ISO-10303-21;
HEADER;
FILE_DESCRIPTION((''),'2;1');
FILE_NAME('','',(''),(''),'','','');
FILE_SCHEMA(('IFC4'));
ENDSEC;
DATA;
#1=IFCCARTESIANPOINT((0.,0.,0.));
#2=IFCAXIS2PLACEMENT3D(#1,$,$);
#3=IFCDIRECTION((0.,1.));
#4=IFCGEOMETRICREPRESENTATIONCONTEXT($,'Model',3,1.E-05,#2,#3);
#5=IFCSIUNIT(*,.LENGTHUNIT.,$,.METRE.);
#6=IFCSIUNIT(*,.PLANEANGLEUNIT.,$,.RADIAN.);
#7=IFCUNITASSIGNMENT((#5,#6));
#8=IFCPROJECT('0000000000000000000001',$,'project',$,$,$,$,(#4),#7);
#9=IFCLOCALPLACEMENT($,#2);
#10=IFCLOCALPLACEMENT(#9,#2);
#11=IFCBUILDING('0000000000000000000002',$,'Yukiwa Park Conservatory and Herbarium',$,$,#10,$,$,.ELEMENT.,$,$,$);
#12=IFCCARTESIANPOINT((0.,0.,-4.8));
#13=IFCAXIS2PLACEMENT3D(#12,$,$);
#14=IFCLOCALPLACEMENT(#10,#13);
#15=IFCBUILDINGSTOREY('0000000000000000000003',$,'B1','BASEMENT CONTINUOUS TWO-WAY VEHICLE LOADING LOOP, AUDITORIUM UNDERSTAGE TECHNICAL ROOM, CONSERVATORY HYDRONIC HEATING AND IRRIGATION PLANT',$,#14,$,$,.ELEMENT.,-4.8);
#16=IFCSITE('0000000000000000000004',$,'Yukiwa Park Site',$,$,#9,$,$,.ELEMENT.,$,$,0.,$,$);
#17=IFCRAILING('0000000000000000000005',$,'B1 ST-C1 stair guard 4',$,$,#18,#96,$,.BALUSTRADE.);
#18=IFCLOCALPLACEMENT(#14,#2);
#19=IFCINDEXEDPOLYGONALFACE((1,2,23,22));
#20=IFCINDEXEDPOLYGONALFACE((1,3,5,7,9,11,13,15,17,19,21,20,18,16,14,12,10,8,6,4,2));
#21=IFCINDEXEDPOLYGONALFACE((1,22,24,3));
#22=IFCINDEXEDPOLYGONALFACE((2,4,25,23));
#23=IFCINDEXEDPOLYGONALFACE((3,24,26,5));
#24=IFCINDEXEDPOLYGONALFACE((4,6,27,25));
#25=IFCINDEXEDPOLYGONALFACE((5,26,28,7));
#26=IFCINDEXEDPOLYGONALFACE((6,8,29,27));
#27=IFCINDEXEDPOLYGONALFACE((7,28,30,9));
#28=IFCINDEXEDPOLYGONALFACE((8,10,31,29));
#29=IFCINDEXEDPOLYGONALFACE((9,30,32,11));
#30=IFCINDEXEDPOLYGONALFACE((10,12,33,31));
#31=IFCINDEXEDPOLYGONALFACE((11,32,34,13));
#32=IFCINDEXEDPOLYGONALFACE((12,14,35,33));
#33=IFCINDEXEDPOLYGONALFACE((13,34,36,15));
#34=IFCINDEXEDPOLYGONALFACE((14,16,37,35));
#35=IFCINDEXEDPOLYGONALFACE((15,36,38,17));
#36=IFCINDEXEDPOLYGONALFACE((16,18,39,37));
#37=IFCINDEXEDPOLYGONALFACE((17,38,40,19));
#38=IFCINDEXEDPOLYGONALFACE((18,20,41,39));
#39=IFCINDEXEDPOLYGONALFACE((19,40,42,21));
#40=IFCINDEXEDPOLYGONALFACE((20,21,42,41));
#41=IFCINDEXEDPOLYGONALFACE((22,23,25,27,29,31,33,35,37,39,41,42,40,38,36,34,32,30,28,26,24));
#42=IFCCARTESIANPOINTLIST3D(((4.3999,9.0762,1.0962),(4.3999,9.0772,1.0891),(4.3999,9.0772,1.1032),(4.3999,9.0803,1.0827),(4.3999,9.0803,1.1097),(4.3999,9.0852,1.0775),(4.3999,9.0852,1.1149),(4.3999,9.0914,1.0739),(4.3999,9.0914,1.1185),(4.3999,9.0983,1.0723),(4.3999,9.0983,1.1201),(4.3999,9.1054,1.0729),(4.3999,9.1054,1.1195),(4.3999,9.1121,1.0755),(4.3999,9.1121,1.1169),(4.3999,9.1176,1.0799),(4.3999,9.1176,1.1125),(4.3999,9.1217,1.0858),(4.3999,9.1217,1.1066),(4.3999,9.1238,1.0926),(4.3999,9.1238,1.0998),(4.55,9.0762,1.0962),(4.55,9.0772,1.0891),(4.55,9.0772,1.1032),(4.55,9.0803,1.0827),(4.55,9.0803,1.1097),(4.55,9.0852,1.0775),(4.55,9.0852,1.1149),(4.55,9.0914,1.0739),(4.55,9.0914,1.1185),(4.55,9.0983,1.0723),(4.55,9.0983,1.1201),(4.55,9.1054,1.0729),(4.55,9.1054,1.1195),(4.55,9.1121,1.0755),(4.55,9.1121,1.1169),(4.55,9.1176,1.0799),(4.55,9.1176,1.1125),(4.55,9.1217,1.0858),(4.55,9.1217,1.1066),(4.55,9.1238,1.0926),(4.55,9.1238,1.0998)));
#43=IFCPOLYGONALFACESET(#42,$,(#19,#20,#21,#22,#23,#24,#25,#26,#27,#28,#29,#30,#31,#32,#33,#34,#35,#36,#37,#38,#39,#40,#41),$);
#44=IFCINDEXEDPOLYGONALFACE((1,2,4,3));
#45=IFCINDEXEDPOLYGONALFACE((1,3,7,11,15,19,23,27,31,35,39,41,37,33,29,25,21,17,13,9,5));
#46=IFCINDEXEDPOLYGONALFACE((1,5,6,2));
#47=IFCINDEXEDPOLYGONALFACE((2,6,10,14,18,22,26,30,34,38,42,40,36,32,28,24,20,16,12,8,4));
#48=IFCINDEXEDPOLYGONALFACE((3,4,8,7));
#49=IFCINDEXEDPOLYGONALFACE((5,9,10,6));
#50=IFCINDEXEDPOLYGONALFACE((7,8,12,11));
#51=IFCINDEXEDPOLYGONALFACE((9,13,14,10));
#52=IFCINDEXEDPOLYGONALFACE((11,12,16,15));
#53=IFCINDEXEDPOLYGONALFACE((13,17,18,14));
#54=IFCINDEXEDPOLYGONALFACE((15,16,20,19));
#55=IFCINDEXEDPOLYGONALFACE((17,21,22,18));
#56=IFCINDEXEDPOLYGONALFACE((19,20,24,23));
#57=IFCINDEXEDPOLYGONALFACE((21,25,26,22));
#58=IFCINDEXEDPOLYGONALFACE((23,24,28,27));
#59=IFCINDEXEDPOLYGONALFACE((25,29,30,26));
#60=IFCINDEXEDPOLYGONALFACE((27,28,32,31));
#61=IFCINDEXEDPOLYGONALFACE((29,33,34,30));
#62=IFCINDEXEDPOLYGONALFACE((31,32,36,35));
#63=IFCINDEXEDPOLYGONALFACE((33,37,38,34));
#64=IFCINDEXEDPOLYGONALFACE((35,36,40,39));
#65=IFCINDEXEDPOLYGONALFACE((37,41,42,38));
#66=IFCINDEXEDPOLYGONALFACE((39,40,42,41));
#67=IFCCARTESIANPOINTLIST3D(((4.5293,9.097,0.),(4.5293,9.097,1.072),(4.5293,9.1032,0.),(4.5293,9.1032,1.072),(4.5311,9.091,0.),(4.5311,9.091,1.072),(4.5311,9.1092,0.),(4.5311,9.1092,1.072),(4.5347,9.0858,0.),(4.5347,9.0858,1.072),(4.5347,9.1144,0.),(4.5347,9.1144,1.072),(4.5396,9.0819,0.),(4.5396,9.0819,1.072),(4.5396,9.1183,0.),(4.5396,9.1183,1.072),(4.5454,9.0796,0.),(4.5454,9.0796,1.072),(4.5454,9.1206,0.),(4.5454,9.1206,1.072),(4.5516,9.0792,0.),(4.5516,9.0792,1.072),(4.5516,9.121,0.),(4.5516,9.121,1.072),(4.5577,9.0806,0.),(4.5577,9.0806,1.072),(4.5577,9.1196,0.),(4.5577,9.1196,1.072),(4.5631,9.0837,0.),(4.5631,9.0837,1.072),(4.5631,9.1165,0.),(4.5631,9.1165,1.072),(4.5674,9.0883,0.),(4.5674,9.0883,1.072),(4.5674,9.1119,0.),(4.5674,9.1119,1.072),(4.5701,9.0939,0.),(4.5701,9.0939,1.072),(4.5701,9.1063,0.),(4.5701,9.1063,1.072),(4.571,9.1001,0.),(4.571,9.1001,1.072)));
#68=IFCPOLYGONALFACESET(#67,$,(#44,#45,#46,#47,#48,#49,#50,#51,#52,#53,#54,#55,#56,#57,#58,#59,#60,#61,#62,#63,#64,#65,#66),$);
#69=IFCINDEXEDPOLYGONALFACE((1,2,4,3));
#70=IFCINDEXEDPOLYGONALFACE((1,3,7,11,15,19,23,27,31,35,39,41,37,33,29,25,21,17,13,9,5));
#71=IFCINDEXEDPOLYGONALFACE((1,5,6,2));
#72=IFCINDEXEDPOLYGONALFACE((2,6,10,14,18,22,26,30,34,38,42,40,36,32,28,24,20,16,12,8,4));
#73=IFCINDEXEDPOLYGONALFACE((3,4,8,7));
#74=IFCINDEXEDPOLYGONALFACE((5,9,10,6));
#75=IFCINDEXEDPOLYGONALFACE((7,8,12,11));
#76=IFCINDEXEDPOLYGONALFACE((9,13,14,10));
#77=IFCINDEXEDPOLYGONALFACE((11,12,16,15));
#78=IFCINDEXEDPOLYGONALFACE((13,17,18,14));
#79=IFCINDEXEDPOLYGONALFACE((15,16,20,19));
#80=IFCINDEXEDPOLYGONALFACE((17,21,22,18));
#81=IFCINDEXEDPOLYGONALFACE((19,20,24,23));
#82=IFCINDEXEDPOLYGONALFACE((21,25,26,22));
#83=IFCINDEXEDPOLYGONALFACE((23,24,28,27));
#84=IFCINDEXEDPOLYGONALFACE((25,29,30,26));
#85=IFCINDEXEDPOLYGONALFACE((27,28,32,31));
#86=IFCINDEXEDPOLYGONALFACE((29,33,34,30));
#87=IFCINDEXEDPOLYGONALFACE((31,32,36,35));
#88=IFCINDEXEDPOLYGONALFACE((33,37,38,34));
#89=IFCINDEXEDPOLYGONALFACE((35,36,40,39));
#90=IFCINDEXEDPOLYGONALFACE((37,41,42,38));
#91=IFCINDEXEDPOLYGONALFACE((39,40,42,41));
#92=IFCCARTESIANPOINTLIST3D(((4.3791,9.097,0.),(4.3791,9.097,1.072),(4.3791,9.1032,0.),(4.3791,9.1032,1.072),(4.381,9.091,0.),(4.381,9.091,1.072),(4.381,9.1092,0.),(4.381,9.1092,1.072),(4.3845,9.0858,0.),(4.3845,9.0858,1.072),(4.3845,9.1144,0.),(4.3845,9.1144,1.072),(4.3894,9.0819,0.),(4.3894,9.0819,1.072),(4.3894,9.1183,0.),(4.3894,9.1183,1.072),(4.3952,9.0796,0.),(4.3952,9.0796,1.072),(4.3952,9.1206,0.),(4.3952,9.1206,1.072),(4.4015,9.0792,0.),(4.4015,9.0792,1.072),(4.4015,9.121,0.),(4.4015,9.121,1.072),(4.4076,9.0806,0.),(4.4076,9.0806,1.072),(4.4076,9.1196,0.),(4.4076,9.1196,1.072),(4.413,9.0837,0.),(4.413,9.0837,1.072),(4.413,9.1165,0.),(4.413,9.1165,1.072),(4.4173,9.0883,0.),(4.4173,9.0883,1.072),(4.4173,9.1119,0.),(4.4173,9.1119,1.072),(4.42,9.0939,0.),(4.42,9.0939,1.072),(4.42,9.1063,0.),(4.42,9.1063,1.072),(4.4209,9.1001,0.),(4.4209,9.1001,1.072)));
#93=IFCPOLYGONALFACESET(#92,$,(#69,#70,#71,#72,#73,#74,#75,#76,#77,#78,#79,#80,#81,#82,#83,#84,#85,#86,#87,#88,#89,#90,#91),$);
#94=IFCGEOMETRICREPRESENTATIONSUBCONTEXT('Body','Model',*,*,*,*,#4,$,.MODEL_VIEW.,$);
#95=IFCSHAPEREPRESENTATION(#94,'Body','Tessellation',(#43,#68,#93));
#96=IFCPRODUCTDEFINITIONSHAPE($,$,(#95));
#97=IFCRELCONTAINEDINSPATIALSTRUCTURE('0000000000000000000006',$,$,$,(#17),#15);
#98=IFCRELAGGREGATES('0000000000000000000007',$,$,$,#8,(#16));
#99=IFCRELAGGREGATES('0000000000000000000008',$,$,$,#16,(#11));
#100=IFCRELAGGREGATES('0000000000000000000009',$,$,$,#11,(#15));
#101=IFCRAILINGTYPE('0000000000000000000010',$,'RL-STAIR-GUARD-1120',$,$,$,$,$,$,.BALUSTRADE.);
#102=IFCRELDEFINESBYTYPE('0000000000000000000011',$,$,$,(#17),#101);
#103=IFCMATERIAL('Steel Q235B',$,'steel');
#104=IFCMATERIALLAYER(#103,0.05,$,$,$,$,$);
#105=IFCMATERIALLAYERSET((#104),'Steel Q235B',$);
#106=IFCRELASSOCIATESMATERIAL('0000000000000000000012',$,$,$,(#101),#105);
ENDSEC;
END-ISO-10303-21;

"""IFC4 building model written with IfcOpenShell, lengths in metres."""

from ifc_helpers import new_model, si_unit, direction, frame, origin, origin_2d, place, context, subcontext, project, spatial, circle, extrude, material, layer, layer_set, type_object, element, save


model = new_model("IFC4")

# Units and contexts
model_context = context("Model", 3, precision=1e-05, world=origin(), true_north=direction((0.0, 1.0)))
body_context = subcontext(model_context, "Body", "Model", "MODEL_VIEW")
ifc_project = project(units=[si_unit("LENGTHUNIT", "METRE"), si_unit("PLANEANGLEUNIT", "RADIAN")], contexts=[model_context])

# Site, building, storey
site_placement = place(None, origin())
site = spatial("IfcSite", under=ifc_project, at=site_placement, Name="Yukiwa Park Site", CompositionType="ELEMENT", RefElevation=0.0)
building_placement = place(site_placement, origin())
building = spatial("IfcBuilding", under=site, at=building_placement, Name="Yukiwa Park Conservatory and Herbarium", CompositionType="ELEMENT")
storey_placement = place(building_placement, frame((0.0, 0.0, -4.8)))
storey = spatial("IfcBuildingStorey", under=building, at=storey_placement, Name="B1", Description="BASEMENT CONTINUOUS TWO-WAY VEHICLE LOADING LOOP, AUDITORIUM UNDERSTAGE TECHNICAL ROOM, CONSERVATORY HYDRONIC HEATING AND IRRIGATION PLANT", CompositionType="ELEMENT", Elevation=-4.8)

# Railing
ifc_material_1 = material(Name="Steel Q235B", Category="steel")
ifc_layer_1 = layer(ifc_material_1, 0.05)
ifc_layer_set_1 = layer_set([ifc_layer_1], Name="Steel Q235B")
railing_type_1 = type_object("IfcRailingType", Name="RL-STAIR-GUARD-1120", PredefinedType="BALUSTRADE", material=ifc_layer_set_1)
railing_1_placement = place(storey_placement, frame((4.55, 9.1001, 0.0)))
element("IfcRailing", 1, at=railing_1_placement, inside=storey, type_object=railing_type_1, Name="B1 ST-C1 stair guard 4", PredefinedType="BALUSTRADE", context=body_context, shape_type="SweptSolid", body=[
    extrude(circle(Radius=0.0239, at=origin_2d()), frame((0.0, 0.0, 1.0962), z_axis=(-1.0, 0.0, 0.0), x_axis=(0.0, -1.0, 0.0)), (0.0, 0.0, 1.0), 0.1501),
    extrude(circle(Radius=0.021, at=origin_2d()), origin(), (0.0, 0.0, 1.0), 1.072),
    extrude(circle(Radius=0.021, at=origin_2d()), frame((-0.1501, 0.0, 0.0)), (0.0, 0.0, 1.0), 1.072),
])

save(model, "model.ifc")
